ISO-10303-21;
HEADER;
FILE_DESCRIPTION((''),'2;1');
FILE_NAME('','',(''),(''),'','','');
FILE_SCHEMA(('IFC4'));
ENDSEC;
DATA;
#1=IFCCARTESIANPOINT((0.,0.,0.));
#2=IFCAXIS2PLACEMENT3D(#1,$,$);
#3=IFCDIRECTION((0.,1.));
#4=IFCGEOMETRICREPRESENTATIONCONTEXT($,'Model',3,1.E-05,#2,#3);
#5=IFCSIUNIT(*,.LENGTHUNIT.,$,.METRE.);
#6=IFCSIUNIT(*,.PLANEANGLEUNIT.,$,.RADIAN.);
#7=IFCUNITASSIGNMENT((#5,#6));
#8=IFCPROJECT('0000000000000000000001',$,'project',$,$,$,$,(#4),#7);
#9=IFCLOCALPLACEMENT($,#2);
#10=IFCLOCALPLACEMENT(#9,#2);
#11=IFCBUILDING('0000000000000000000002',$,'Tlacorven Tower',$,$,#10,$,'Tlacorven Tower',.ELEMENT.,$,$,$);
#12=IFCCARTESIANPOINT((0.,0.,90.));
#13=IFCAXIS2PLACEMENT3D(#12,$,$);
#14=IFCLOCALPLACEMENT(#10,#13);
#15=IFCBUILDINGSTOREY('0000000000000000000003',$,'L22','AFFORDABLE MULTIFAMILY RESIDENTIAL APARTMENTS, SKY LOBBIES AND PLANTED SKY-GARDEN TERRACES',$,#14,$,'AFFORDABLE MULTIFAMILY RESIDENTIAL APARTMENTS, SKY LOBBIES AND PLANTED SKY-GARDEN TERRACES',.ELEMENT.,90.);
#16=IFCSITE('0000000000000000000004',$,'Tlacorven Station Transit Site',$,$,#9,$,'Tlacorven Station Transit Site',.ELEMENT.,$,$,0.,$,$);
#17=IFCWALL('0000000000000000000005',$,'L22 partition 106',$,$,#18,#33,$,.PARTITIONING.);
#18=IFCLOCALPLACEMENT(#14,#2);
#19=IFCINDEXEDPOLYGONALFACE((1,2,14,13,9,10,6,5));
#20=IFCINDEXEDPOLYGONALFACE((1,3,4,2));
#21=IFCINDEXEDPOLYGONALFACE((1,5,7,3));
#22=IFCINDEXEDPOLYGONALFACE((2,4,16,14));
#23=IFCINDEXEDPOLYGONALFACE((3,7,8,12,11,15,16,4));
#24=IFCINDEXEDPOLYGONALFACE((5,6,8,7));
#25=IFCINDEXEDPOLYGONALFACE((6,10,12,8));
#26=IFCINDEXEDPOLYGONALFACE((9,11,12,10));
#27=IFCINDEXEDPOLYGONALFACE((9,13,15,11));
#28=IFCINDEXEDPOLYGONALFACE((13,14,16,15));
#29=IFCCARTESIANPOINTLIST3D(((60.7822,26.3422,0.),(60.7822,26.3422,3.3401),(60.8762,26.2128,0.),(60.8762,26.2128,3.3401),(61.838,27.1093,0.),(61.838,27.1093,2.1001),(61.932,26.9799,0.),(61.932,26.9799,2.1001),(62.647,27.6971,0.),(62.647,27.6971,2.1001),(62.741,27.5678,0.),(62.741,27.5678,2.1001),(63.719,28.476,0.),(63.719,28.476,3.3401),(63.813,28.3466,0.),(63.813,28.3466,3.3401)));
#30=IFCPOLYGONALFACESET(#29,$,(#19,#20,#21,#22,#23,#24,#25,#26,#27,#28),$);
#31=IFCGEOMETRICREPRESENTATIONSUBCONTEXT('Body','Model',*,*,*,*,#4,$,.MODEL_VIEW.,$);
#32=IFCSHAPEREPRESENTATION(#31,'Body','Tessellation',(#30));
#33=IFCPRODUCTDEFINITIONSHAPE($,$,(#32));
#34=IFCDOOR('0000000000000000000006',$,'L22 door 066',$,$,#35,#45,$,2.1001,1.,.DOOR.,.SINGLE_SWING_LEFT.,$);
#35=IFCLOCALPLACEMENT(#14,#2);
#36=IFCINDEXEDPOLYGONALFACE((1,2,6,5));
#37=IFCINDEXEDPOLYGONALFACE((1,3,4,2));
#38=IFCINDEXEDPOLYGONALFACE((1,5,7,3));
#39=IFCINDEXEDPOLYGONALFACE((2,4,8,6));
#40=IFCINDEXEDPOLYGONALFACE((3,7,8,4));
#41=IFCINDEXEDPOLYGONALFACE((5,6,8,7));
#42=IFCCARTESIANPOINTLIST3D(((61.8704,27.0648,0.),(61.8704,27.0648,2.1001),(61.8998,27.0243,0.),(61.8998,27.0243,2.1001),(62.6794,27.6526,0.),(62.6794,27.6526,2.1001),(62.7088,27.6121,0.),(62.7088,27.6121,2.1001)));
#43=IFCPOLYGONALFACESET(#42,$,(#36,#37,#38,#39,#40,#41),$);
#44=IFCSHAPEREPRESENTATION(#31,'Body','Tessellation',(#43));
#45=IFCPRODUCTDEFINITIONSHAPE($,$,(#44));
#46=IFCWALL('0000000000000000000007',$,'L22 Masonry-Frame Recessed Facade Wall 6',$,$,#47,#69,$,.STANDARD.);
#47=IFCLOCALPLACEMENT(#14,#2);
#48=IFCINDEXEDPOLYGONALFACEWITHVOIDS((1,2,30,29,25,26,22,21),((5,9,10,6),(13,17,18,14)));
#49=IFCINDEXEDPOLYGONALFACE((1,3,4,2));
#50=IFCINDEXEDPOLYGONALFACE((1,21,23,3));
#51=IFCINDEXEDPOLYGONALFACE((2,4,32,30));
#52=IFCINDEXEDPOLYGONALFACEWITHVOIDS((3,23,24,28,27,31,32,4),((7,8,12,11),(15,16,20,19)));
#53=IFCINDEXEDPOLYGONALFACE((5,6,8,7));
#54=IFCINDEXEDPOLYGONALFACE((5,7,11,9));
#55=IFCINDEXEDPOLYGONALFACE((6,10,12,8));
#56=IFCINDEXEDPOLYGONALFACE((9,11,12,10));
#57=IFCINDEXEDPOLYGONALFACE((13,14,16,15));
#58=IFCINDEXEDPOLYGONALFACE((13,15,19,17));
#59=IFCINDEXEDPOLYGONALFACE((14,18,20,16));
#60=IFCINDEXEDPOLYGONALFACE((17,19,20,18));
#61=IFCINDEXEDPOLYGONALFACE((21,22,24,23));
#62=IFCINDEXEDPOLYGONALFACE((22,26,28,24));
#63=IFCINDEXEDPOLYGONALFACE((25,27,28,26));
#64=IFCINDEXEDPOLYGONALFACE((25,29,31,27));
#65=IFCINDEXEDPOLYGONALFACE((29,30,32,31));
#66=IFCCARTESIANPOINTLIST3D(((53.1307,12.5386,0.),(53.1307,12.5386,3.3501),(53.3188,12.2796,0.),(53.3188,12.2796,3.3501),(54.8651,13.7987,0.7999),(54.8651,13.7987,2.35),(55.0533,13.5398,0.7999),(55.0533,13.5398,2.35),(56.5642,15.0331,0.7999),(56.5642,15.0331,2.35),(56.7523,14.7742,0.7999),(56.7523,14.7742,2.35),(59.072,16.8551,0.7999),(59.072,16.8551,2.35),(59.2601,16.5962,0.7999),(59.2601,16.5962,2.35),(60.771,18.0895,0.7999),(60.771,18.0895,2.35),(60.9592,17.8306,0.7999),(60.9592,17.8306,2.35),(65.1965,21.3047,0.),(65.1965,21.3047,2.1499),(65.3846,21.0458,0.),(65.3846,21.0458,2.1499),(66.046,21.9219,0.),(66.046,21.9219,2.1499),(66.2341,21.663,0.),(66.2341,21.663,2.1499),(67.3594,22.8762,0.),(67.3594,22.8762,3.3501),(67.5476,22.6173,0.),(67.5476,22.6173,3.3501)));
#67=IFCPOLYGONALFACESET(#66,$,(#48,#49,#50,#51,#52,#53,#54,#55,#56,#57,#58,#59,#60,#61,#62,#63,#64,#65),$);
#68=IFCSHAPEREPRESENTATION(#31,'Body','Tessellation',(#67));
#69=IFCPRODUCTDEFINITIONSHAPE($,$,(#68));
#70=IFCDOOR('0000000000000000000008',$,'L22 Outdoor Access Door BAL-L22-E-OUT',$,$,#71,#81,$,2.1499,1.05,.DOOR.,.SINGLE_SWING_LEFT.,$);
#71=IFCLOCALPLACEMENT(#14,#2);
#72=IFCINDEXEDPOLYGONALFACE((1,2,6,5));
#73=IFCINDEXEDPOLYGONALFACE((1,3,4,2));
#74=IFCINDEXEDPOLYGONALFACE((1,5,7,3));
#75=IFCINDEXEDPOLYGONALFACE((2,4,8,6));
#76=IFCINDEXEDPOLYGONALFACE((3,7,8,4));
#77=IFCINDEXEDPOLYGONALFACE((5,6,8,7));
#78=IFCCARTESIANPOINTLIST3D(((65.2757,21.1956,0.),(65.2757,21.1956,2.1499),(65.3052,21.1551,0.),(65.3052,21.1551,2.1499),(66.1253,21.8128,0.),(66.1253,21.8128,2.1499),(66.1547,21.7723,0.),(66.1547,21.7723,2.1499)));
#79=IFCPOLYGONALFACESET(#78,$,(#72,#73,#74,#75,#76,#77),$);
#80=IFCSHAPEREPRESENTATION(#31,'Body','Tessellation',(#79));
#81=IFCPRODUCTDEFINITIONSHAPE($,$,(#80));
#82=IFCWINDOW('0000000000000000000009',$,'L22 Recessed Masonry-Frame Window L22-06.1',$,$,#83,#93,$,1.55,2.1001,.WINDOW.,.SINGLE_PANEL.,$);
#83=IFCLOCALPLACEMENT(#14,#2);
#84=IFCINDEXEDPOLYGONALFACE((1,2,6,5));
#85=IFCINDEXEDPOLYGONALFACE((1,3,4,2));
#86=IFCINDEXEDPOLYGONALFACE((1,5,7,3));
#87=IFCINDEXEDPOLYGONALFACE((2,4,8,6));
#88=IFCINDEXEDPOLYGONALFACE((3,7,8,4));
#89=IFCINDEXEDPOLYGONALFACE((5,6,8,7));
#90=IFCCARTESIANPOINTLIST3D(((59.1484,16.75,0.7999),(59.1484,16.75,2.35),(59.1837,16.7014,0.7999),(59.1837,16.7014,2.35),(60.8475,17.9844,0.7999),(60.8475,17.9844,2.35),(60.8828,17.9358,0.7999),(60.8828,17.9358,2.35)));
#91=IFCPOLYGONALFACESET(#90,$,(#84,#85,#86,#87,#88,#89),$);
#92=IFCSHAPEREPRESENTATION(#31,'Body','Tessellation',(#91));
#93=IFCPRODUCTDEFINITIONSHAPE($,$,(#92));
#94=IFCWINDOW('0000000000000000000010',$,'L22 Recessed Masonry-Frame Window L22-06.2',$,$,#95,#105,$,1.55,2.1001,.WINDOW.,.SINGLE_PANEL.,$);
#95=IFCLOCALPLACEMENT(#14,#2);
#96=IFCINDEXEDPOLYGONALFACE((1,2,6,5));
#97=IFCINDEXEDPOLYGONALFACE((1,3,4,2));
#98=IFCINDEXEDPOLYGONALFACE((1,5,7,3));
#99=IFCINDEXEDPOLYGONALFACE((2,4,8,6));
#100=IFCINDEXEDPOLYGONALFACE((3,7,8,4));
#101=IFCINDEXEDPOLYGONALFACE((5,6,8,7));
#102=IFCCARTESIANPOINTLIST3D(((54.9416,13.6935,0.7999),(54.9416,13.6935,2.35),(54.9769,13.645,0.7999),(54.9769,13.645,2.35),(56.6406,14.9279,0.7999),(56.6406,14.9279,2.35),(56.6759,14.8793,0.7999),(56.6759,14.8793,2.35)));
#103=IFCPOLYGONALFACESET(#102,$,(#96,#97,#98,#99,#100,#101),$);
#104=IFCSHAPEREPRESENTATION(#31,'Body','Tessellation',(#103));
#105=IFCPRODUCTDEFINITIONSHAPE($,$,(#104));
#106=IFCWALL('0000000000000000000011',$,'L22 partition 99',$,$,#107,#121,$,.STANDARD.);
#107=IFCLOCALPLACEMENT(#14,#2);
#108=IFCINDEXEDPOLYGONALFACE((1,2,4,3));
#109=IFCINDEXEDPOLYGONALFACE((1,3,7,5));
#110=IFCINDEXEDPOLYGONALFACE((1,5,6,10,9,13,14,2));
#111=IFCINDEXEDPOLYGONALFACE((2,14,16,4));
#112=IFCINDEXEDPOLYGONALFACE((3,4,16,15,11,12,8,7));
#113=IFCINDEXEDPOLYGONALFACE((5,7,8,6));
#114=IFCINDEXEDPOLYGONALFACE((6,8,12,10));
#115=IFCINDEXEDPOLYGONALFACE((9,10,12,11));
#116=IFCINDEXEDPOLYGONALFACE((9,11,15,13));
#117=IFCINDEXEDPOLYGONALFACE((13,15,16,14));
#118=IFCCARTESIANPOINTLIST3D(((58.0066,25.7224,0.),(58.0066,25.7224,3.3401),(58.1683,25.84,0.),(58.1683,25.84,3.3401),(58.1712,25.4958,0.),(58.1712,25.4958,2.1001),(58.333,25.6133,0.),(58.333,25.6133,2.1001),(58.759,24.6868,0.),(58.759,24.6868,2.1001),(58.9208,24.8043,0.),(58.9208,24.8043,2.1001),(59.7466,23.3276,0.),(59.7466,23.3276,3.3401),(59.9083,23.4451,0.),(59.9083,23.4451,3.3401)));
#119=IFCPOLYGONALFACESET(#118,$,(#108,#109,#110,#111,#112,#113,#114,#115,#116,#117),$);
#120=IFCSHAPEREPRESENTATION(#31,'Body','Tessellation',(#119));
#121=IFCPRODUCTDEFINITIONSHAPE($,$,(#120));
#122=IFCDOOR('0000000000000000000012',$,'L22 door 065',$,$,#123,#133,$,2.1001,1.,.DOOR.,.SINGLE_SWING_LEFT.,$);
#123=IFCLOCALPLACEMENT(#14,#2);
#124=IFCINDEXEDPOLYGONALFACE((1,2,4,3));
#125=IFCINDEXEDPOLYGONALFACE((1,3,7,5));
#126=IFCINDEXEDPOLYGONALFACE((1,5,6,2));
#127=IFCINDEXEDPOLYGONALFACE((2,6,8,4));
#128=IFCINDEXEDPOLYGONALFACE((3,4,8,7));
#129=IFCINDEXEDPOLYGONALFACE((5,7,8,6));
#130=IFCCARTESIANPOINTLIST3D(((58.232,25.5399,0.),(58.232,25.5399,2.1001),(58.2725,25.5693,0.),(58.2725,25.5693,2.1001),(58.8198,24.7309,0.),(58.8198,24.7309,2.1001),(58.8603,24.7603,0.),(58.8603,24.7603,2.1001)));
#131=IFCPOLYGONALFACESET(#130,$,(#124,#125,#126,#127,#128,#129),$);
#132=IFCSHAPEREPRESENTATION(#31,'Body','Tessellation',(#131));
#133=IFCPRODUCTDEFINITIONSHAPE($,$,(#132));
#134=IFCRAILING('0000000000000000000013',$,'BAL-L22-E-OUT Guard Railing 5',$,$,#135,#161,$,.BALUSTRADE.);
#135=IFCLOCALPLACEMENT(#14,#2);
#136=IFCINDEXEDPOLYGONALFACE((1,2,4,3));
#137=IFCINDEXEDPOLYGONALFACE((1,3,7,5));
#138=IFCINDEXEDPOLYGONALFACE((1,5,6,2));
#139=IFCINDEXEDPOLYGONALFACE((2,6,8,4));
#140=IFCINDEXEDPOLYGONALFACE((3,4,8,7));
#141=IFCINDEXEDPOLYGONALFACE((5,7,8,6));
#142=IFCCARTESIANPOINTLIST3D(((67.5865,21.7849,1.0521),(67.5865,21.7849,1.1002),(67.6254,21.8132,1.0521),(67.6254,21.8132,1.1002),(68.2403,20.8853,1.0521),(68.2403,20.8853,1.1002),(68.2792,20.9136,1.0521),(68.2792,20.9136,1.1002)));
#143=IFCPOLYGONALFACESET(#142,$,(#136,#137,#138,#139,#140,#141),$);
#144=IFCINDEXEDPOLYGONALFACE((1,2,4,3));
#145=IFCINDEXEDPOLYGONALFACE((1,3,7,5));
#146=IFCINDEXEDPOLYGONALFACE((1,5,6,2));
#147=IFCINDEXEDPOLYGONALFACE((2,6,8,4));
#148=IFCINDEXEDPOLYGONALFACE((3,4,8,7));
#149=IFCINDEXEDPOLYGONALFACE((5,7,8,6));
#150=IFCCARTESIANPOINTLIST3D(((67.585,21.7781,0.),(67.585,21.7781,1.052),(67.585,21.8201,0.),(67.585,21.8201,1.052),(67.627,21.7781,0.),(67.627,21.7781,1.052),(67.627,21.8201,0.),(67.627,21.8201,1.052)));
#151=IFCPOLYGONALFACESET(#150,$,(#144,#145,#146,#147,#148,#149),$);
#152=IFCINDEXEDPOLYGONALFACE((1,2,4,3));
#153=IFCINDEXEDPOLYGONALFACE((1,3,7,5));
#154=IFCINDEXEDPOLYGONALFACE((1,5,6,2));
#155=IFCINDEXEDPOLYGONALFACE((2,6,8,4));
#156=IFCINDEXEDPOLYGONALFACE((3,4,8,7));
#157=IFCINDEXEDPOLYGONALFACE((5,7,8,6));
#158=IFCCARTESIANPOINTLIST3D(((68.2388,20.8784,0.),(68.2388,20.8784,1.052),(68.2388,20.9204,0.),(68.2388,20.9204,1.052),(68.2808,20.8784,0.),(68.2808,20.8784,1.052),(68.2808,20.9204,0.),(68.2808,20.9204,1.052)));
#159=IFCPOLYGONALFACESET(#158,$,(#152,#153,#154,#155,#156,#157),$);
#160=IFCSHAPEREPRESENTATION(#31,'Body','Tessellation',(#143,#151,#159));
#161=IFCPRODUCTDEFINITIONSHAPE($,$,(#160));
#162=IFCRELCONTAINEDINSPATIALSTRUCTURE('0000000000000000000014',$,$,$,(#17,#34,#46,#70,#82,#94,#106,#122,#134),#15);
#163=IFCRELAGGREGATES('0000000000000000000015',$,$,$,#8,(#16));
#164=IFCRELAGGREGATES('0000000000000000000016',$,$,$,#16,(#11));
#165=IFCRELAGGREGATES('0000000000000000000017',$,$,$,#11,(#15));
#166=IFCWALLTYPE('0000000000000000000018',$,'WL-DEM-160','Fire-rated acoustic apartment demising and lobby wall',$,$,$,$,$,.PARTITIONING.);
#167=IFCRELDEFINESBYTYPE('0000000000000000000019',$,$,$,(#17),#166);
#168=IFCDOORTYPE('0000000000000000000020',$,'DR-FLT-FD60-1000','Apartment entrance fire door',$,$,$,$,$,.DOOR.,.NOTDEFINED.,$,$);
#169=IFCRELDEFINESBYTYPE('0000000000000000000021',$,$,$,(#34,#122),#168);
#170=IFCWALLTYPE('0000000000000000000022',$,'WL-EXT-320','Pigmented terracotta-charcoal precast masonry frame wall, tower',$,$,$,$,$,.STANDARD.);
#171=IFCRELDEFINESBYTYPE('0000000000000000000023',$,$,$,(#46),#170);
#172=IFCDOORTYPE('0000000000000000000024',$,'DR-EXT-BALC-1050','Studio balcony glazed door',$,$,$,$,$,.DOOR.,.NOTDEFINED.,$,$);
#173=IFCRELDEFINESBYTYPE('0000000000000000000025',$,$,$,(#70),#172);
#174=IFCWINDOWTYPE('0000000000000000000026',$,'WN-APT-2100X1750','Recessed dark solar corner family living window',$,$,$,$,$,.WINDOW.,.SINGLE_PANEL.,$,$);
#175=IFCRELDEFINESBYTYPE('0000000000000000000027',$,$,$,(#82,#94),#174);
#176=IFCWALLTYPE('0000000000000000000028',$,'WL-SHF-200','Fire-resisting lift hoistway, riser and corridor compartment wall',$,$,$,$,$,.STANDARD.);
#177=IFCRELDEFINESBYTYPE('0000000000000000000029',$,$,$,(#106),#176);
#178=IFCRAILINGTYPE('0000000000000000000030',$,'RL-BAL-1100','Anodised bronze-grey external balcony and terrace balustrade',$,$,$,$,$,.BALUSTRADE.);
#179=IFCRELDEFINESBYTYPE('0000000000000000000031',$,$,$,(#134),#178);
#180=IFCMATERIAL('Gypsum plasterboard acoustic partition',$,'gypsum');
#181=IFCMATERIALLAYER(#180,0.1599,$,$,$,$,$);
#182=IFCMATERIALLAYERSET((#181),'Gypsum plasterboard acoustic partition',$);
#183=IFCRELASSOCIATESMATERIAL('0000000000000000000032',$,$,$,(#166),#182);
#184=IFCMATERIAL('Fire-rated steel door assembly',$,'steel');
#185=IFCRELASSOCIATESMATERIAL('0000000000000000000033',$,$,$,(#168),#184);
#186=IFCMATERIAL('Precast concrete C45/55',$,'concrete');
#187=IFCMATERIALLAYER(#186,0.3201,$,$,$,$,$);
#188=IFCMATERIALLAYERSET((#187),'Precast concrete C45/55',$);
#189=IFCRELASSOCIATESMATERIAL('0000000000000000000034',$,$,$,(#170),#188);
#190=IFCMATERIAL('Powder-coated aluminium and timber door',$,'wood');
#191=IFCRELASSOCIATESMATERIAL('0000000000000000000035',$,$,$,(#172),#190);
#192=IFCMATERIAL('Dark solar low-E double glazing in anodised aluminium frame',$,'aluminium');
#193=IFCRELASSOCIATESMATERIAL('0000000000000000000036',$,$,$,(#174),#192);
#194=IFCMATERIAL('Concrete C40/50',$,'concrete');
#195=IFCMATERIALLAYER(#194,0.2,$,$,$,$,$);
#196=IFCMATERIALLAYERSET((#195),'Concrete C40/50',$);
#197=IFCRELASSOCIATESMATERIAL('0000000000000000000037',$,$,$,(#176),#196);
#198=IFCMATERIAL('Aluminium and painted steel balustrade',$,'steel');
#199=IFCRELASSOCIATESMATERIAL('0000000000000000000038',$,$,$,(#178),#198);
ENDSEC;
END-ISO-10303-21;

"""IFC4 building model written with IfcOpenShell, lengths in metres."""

from ifc_helpers import new_model, si_unit, direction, frame, frame_2d, origin, origin_2d, place, context, subcontext, project, spatial, rectangle, extrude, source, transform, mapped, material, layer, layer_set, type_object, element, fill, save


model = new_model("IFC4")

# Units and contexts
model_context = context("Model", 3, precision=1e-05, world=origin(), true_north=direction((0.0, 1.0)))
body_context = subcontext(model_context, "Body", "Model", "MODEL_VIEW")
ifc_project = project(units=[si_unit("LENGTHUNIT", "METRE"), si_unit("PLANEANGLEUNIT", "RADIAN")], contexts=[model_context])

# Site, building, storey
site_placement = place(None, origin())
site = spatial("IfcSite", under=ifc_project, at=site_placement, Name="Tlacorven Station Transit Site", LongName="Tlacorven Station Transit Site", CompositionType="ELEMENT", RefElevation=0.0)
building_placement = place(site_placement, origin())
building = spatial("IfcBuilding", under=site, at=building_placement, Name="Tlacorven Tower", LongName="Tlacorven Tower", CompositionType="ELEMENT")
storey_placement = place(building_placement, frame((0.0, 0.0, 90.0)))
storey = spatial("IfcBuildingStorey", under=building, at=storey_placement, Name="L22", Description="AFFORDABLE MULTIFAMILY RESIDENTIAL APARTMENTS, SKY LOBBIES AND PLANTED SKY-GARDEN TERRACES", LongName="AFFORDABLE MULTIFAMILY RESIDENTIAL APARTMENTS, SKY LOBBIES AND PLANTED SKY-GARDEN TERRACES", CompositionType="ELEMENT", Elevation=90.0)

# Shared definitions
ifc_material_1 = material(Name="Gypsum plasterboard acoustic partition", Category="gypsum")
ifc_layer_1 = layer(ifc_material_1, 0.1599)
ifc_layer_set_1 = layer_set([ifc_layer_1], Name="Gypsum plasterboard acoustic partition")
wall_type_1 = type_object("IfcWallType", Name="WL-DEM-160", Description="Fire-rated acoustic apartment demising and lobby wall", PredefinedType="PARTITIONING", material=ifc_layer_set_1)
ifc_material_2 = material(Name="Fire-rated steel door assembly", Category="steel")
door_type_1 = type_object("IfcDoorType", Name="DR-FLT-FD60-1000", Description="Apartment entrance fire door", OperationType="NOTDEFINED", PredefinedType="DOOR", material=ifc_material_2)
shared_shape_1 = source(origin(), body_context, "Body", "SweptSolid", [
    extrude(rectangle(XDim=1.0, YDim=2.1001, at=frame_2d((0.5, 1.05))), frame((0.0, 0.0249, 0.0), z_axis=(0.0, -1.0, 0.0), x_axis=(1.0, 0.0, 0.0)), (0.0, 0.0, 1.0), 0.05),
])

# Wall, opening, door
wall_1_placement = place(storey_placement, frame((60.8293, 26.2776, 0.0), z_axis=(0.0, 0.0, 1.0), x_axis=(0.809004, 0.587804, 0.0)))
wall_1 = element("IfcWall", 1, at=wall_1_placement, inside=storey, type_object=wall_type_1, Name="L22 partition 106", PredefinedType="PARTITIONING", context=body_context, shape_type="SweptSolid", body=[
    extrude(rectangle(XDim=3.6301, YDim=0.1599, at=frame_2d((1.8149, 0.0))), origin(), (0.0, 0.0, 1.0), 3.3401),
])
opening_1_placement = place(wall_1_placement, frame((1.3049, 0.0, 0.0)))
opening_1 = element("IfcOpeningElement", 2, at=opening_1_placement, cuts=wall_1, PredefinedType="OPENING", context=body_context, shape_type="SweptSolid", body=[
    extrude(rectangle(XDim=1.0, YDim=2.1001, at=frame_2d((0.5, 1.05))), frame((0.0, 0.0898, 0.0), z_axis=(0.0, -1.0, 0.0), x_axis=(1.0, 0.0, 0.0)), (0.0, 0.0, 1.0), 0.1799),
])
door_1_placement = place(opening_1_placement, origin())
door_1 = element("IfcDoor", 3, at=door_1_placement, inside=storey, type_object=door_type_1, Name="L22 door 066", OperationType="SINGLE_SWING_LEFT", OverallHeight=2.1001, OverallWidth=1.0, PredefinedType="DOOR", context=body_context, shape_type="MappedRepresentation", body=[
    mapped(shared_shape_1, transform((0.0, 0.0, 0.0), scale=1.0)),
])
fill(opening_1, door_1)

# Wall, openings, door, windows
ifc_material_3 = material(Name="Precast concrete C45/55", Category="concrete")
ifc_layer_2 = layer(ifc_material_3, 0.3201)
ifc_layer_set_2 = layer_set([ifc_layer_2], Name="Precast concrete C45/55")
wall_type_2 = type_object("IfcWallType", Name="WL-EXT-320", Description="Pigmented terracotta-charcoal precast masonry frame wall, tower", PredefinedType="STANDARD", material=ifc_layer_set_2)
wall_2_placement = place(storey_placement, frame((67.4536, 22.7468, 0.0), z_axis=(0.0, 0.0, 1.0), x_axis=(-0.809021, -0.58778, 0.0)))
wall_2 = element("IfcWall", 4, at=wall_2_placement, inside=storey, type_object=wall_type_2, Name="L22 Masonry-Frame Recessed Facade Wall 6", PredefinedType="STANDARD", context=body_context, shape_type="SweptSolid", body=[
    extrude(rectangle(XDim=17.5876, YDim=0.3201, at=frame_2d((8.7939, 0.0))), origin(), (0.0, 0.0, 1.0), 3.3501),
])
opening_2_placement = place(wall_2_placement, frame((1.6238, 0.0, 0.0)))
opening_2 = element("IfcOpeningElement", 5, at=opening_2_placement, cuts=wall_2, PredefinedType="OPENING", context=body_context, shape_type="SweptSolid", body=[
    extrude(rectangle(XDim=1.05, YDim=2.1499, at=frame_2d((0.5249, 1.075))), frame((0.0, 0.1699, 0.0), z_axis=(0.0, -1.0, 0.0), x_axis=(1.0, 0.0, 0.0)), (0.0, 0.0, 1.0), 0.3401),
])
opening_3_placement = place(wall_2_placement, frame((8.1438, 0.0, 0.8)))
opening_3 = element("IfcOpeningElement", 6, at=opening_3_placement, cuts=wall_2, PredefinedType="OPENING", context=body_context, shape_type="SweptSolid", body=[
    extrude(rectangle(XDim=2.1001, YDim=1.55, at=frame_2d((1.05, 0.7749))), frame((0.0, 0.1699, 0.0), z_axis=(0.0, -1.0, 0.0), x_axis=(1.0, 0.0, 0.0)), (0.0, 0.0, 1.0), 0.3401),
])
opening_4_placement = place(wall_2_placement, frame((13.3438, 0.0, 0.8)))
opening_4 = element("IfcOpeningElement", 7, at=opening_4_placement, cuts=wall_2, PredefinedType="OPENING", context=body_context, shape_type="SweptSolid", body=[
    extrude(rectangle(XDim=2.1001, YDim=1.55, at=frame_2d((1.05, 0.7749))), frame((0.0, 0.1699, 0.0), z_axis=(0.0, -1.0, 0.0), x_axis=(1.0, 0.0, 0.0)), (0.0, 0.0, 1.0), 0.3401),
])
ifc_material_4 = material(Name="Powder-coated aluminium and timber door", Category="wood")
door_type_2 = type_object("IfcDoorType", Name="DR-EXT-BALC-1050", Description="Studio balcony glazed door", OperationType="NOTDEFINED", PredefinedType="DOOR", material=ifc_material_4)
shared_shape_2 = source(origin(), body_context, "Body", "SweptSolid", [
    extrude(rectangle(XDim=1.05, YDim=2.1499, at=frame_2d((0.5249, 1.075))), frame((0.0, 0.0249, 0.0), z_axis=(0.0, -1.0, 0.0), x_axis=(1.0, 0.0, 0.0)), (0.0, 0.0, 1.0), 0.05),
])
door_2_placement = place(opening_2_placement, origin())
door_2 = element("IfcDoor", 8, at=door_2_placement, inside=storey, type_object=door_type_2, Name="L22 Outdoor Access Door BAL-L22-E-OUT", OperationType="SINGLE_SWING_LEFT", OverallHeight=2.1499, OverallWidth=1.05, PredefinedType="DOOR", context=body_context, shape_type="MappedRepresentation", body=[
    mapped(shared_shape_2, transform((0.0, 0.0, 0.0), scale=1.0)),
])
fill(opening_2, door_2)
ifc_material_5 = material(Name="Dark solar low-E double glazing in anodised aluminium frame", Category="aluminium")
window_type = type_object("IfcWindowType", Name="WN-APT-2100X1750", Description="Recessed dark solar corner family living window", PartitioningType="SINGLE_PANEL", PredefinedType="WINDOW", material=ifc_material_5)
shared_shape_3 = source(origin(), body_context, "Body", "SweptSolid", [
    extrude(rectangle(XDim=2.1001, YDim=1.55, at=frame_2d((1.05, 0.7749))), frame((0.0, 0.03, 0.0), z_axis=(0.0, -1.0, 0.0), x_axis=(1.0, 0.0, 0.0)), (0.0, 0.0, 1.0), 0.0601),
])
window_1_placement = place(opening_3_placement, origin())
window_1 = element("IfcWindow", 9, at=window_1_placement, inside=storey, type_object=window_type, Name="L22 Recessed Masonry-Frame Window L22-06.1", OverallHeight=1.55, OverallWidth=2.1001, PartitioningType="SINGLE_PANEL", PredefinedType="WINDOW", context=body_context, shape_type="MappedRepresentation", body=[
    mapped(shared_shape_3, transform((0.0, 0.0, 0.0), scale=1.0)),
])
fill(opening_3, window_1)
window_2_placement = place(opening_4_placement, origin())
window_2 = element("IfcWindow", 10, at=window_2_placement, inside=storey, type_object=window_type, Name="L22 Recessed Masonry-Frame Window L22-06.2", OverallHeight=1.55, OverallWidth=2.1001, PartitioningType="SINGLE_PANEL", PredefinedType="WINDOW", context=body_context, shape_type="MappedRepresentation", body=[
    mapped(shared_shape_3, transform((0.0, 0.0, 0.0), scale=1.0)),
])
fill(opening_4, window_2)

# Wall, opening, door
ifc_material_6 = material(Name="Concrete C40/50", Category="concrete")
ifc_layer_3 = layer(ifc_material_6, 0.2)
ifc_layer_set_3 = layer_set([ifc_layer_3], Name="Concrete C40/50")
wall_type_3 = type_object("IfcWallType", Name="WL-SHF-200", Description="Fire-resisting lift hoistway, riser and corridor compartment wall", PredefinedType="STANDARD", material=ifc_layer_set_3)
wall_3_placement = place(storey_placement, frame((59.8274, 23.3865, 0.0), z_axis=(0.0, 0.0, 1.0), x_axis=(-0.587804, 0.809003, 0.0)))
wall_3 = element("IfcWall", 11, at=wall_3_placement, inside=storey, type_object=wall_type_3, Name="L22 partition 99", PredefinedType="STANDARD", context=body_context, shape_type="SweptSolid", body=[
    extrude(rectangle(XDim=2.9602, YDim=0.2, at=frame_2d((1.48, 0.0))), origin(), (0.0, 0.0, 1.0), 3.3401),
])
opening_5_placement = place(wall_3_placement, frame((1.6799, 0.0, 0.0)))
opening_5 = element("IfcOpeningElement", 12, at=opening_5_placement, cuts=wall_3, PredefinedType="OPENING", context=body_context, shape_type="SweptSolid", body=[
    extrude(rectangle(XDim=1.0, YDim=2.1001, at=frame_2d((0.5, 1.05))), frame((0.0, 0.1099, 0.0), z_axis=(0.0, -1.0, 0.0), x_axis=(1.0, 0.0, 0.0)), (0.0, 0.0, 1.0), 0.22),
])
door_3_placement = place(opening_5_placement, origin())
door_3 = element("IfcDoor", 13, at=door_3_placement, inside=storey, type_object=door_type_1, Name="L22 door 065", OperationType="SINGLE_SWING_LEFT", OverallHeight=2.1001, OverallWidth=1.0, PredefinedType="DOOR", context=body_context, shape_type="MappedRepresentation", body=[
    mapped(shared_shape_1, transform((0.0, 0.0, 0.0), scale=1.0)),
])
fill(opening_5, door_3)

# Railing
ifc_material_7 = material(Name="Aluminium and painted steel balustrade", Category="steel")
railing_type = type_object("IfcRailingType", Name="RL-BAL-1100", Description="Anodised bronze-grey external balcony and terrace balustrade", PredefinedType="BALUSTRADE", material=ifc_material_7)
shared_shape_4 = source(origin(), body_context, "Body", "SweptSolid", [
    extrude(rectangle(XDim=0.0481, YDim=0.0481, at=origin_2d()), frame((0.0, 0.0, 1.0762), z_axis=(0.587884, -0.808945, 0.0), x_axis=(0.808945, 0.587884, 0.0)), (0.0, 0.0, 1.0), 1.1121),
    extrude(rectangle(XDim=0.042, YDim=0.042, at=origin_2d()), origin(), (0.0, 0.0, 1.0), 1.052),
    extrude(rectangle(XDim=0.042, YDim=0.042, at=origin_2d()), frame((0.6538, -0.8997, 0.0)), (0.0, 0.0, 1.0), 1.052),
])
railing_1_placement = place(storey_placement, frame((67.606, 21.7991, 0.0)))
element("IfcRailing", 14, at=railing_1_placement, inside=storey, type_object=railing_type, Name="BAL-L22-E-OUT Guard Railing 5", PredefinedType="BALUSTRADE", context=body_context, shape_type="MappedRepresentation", body=[
    mapped(shared_shape_4, transform((0.0, 0.0, 0.0), scale=1.0)),
])

save(model, "model.ifc")
